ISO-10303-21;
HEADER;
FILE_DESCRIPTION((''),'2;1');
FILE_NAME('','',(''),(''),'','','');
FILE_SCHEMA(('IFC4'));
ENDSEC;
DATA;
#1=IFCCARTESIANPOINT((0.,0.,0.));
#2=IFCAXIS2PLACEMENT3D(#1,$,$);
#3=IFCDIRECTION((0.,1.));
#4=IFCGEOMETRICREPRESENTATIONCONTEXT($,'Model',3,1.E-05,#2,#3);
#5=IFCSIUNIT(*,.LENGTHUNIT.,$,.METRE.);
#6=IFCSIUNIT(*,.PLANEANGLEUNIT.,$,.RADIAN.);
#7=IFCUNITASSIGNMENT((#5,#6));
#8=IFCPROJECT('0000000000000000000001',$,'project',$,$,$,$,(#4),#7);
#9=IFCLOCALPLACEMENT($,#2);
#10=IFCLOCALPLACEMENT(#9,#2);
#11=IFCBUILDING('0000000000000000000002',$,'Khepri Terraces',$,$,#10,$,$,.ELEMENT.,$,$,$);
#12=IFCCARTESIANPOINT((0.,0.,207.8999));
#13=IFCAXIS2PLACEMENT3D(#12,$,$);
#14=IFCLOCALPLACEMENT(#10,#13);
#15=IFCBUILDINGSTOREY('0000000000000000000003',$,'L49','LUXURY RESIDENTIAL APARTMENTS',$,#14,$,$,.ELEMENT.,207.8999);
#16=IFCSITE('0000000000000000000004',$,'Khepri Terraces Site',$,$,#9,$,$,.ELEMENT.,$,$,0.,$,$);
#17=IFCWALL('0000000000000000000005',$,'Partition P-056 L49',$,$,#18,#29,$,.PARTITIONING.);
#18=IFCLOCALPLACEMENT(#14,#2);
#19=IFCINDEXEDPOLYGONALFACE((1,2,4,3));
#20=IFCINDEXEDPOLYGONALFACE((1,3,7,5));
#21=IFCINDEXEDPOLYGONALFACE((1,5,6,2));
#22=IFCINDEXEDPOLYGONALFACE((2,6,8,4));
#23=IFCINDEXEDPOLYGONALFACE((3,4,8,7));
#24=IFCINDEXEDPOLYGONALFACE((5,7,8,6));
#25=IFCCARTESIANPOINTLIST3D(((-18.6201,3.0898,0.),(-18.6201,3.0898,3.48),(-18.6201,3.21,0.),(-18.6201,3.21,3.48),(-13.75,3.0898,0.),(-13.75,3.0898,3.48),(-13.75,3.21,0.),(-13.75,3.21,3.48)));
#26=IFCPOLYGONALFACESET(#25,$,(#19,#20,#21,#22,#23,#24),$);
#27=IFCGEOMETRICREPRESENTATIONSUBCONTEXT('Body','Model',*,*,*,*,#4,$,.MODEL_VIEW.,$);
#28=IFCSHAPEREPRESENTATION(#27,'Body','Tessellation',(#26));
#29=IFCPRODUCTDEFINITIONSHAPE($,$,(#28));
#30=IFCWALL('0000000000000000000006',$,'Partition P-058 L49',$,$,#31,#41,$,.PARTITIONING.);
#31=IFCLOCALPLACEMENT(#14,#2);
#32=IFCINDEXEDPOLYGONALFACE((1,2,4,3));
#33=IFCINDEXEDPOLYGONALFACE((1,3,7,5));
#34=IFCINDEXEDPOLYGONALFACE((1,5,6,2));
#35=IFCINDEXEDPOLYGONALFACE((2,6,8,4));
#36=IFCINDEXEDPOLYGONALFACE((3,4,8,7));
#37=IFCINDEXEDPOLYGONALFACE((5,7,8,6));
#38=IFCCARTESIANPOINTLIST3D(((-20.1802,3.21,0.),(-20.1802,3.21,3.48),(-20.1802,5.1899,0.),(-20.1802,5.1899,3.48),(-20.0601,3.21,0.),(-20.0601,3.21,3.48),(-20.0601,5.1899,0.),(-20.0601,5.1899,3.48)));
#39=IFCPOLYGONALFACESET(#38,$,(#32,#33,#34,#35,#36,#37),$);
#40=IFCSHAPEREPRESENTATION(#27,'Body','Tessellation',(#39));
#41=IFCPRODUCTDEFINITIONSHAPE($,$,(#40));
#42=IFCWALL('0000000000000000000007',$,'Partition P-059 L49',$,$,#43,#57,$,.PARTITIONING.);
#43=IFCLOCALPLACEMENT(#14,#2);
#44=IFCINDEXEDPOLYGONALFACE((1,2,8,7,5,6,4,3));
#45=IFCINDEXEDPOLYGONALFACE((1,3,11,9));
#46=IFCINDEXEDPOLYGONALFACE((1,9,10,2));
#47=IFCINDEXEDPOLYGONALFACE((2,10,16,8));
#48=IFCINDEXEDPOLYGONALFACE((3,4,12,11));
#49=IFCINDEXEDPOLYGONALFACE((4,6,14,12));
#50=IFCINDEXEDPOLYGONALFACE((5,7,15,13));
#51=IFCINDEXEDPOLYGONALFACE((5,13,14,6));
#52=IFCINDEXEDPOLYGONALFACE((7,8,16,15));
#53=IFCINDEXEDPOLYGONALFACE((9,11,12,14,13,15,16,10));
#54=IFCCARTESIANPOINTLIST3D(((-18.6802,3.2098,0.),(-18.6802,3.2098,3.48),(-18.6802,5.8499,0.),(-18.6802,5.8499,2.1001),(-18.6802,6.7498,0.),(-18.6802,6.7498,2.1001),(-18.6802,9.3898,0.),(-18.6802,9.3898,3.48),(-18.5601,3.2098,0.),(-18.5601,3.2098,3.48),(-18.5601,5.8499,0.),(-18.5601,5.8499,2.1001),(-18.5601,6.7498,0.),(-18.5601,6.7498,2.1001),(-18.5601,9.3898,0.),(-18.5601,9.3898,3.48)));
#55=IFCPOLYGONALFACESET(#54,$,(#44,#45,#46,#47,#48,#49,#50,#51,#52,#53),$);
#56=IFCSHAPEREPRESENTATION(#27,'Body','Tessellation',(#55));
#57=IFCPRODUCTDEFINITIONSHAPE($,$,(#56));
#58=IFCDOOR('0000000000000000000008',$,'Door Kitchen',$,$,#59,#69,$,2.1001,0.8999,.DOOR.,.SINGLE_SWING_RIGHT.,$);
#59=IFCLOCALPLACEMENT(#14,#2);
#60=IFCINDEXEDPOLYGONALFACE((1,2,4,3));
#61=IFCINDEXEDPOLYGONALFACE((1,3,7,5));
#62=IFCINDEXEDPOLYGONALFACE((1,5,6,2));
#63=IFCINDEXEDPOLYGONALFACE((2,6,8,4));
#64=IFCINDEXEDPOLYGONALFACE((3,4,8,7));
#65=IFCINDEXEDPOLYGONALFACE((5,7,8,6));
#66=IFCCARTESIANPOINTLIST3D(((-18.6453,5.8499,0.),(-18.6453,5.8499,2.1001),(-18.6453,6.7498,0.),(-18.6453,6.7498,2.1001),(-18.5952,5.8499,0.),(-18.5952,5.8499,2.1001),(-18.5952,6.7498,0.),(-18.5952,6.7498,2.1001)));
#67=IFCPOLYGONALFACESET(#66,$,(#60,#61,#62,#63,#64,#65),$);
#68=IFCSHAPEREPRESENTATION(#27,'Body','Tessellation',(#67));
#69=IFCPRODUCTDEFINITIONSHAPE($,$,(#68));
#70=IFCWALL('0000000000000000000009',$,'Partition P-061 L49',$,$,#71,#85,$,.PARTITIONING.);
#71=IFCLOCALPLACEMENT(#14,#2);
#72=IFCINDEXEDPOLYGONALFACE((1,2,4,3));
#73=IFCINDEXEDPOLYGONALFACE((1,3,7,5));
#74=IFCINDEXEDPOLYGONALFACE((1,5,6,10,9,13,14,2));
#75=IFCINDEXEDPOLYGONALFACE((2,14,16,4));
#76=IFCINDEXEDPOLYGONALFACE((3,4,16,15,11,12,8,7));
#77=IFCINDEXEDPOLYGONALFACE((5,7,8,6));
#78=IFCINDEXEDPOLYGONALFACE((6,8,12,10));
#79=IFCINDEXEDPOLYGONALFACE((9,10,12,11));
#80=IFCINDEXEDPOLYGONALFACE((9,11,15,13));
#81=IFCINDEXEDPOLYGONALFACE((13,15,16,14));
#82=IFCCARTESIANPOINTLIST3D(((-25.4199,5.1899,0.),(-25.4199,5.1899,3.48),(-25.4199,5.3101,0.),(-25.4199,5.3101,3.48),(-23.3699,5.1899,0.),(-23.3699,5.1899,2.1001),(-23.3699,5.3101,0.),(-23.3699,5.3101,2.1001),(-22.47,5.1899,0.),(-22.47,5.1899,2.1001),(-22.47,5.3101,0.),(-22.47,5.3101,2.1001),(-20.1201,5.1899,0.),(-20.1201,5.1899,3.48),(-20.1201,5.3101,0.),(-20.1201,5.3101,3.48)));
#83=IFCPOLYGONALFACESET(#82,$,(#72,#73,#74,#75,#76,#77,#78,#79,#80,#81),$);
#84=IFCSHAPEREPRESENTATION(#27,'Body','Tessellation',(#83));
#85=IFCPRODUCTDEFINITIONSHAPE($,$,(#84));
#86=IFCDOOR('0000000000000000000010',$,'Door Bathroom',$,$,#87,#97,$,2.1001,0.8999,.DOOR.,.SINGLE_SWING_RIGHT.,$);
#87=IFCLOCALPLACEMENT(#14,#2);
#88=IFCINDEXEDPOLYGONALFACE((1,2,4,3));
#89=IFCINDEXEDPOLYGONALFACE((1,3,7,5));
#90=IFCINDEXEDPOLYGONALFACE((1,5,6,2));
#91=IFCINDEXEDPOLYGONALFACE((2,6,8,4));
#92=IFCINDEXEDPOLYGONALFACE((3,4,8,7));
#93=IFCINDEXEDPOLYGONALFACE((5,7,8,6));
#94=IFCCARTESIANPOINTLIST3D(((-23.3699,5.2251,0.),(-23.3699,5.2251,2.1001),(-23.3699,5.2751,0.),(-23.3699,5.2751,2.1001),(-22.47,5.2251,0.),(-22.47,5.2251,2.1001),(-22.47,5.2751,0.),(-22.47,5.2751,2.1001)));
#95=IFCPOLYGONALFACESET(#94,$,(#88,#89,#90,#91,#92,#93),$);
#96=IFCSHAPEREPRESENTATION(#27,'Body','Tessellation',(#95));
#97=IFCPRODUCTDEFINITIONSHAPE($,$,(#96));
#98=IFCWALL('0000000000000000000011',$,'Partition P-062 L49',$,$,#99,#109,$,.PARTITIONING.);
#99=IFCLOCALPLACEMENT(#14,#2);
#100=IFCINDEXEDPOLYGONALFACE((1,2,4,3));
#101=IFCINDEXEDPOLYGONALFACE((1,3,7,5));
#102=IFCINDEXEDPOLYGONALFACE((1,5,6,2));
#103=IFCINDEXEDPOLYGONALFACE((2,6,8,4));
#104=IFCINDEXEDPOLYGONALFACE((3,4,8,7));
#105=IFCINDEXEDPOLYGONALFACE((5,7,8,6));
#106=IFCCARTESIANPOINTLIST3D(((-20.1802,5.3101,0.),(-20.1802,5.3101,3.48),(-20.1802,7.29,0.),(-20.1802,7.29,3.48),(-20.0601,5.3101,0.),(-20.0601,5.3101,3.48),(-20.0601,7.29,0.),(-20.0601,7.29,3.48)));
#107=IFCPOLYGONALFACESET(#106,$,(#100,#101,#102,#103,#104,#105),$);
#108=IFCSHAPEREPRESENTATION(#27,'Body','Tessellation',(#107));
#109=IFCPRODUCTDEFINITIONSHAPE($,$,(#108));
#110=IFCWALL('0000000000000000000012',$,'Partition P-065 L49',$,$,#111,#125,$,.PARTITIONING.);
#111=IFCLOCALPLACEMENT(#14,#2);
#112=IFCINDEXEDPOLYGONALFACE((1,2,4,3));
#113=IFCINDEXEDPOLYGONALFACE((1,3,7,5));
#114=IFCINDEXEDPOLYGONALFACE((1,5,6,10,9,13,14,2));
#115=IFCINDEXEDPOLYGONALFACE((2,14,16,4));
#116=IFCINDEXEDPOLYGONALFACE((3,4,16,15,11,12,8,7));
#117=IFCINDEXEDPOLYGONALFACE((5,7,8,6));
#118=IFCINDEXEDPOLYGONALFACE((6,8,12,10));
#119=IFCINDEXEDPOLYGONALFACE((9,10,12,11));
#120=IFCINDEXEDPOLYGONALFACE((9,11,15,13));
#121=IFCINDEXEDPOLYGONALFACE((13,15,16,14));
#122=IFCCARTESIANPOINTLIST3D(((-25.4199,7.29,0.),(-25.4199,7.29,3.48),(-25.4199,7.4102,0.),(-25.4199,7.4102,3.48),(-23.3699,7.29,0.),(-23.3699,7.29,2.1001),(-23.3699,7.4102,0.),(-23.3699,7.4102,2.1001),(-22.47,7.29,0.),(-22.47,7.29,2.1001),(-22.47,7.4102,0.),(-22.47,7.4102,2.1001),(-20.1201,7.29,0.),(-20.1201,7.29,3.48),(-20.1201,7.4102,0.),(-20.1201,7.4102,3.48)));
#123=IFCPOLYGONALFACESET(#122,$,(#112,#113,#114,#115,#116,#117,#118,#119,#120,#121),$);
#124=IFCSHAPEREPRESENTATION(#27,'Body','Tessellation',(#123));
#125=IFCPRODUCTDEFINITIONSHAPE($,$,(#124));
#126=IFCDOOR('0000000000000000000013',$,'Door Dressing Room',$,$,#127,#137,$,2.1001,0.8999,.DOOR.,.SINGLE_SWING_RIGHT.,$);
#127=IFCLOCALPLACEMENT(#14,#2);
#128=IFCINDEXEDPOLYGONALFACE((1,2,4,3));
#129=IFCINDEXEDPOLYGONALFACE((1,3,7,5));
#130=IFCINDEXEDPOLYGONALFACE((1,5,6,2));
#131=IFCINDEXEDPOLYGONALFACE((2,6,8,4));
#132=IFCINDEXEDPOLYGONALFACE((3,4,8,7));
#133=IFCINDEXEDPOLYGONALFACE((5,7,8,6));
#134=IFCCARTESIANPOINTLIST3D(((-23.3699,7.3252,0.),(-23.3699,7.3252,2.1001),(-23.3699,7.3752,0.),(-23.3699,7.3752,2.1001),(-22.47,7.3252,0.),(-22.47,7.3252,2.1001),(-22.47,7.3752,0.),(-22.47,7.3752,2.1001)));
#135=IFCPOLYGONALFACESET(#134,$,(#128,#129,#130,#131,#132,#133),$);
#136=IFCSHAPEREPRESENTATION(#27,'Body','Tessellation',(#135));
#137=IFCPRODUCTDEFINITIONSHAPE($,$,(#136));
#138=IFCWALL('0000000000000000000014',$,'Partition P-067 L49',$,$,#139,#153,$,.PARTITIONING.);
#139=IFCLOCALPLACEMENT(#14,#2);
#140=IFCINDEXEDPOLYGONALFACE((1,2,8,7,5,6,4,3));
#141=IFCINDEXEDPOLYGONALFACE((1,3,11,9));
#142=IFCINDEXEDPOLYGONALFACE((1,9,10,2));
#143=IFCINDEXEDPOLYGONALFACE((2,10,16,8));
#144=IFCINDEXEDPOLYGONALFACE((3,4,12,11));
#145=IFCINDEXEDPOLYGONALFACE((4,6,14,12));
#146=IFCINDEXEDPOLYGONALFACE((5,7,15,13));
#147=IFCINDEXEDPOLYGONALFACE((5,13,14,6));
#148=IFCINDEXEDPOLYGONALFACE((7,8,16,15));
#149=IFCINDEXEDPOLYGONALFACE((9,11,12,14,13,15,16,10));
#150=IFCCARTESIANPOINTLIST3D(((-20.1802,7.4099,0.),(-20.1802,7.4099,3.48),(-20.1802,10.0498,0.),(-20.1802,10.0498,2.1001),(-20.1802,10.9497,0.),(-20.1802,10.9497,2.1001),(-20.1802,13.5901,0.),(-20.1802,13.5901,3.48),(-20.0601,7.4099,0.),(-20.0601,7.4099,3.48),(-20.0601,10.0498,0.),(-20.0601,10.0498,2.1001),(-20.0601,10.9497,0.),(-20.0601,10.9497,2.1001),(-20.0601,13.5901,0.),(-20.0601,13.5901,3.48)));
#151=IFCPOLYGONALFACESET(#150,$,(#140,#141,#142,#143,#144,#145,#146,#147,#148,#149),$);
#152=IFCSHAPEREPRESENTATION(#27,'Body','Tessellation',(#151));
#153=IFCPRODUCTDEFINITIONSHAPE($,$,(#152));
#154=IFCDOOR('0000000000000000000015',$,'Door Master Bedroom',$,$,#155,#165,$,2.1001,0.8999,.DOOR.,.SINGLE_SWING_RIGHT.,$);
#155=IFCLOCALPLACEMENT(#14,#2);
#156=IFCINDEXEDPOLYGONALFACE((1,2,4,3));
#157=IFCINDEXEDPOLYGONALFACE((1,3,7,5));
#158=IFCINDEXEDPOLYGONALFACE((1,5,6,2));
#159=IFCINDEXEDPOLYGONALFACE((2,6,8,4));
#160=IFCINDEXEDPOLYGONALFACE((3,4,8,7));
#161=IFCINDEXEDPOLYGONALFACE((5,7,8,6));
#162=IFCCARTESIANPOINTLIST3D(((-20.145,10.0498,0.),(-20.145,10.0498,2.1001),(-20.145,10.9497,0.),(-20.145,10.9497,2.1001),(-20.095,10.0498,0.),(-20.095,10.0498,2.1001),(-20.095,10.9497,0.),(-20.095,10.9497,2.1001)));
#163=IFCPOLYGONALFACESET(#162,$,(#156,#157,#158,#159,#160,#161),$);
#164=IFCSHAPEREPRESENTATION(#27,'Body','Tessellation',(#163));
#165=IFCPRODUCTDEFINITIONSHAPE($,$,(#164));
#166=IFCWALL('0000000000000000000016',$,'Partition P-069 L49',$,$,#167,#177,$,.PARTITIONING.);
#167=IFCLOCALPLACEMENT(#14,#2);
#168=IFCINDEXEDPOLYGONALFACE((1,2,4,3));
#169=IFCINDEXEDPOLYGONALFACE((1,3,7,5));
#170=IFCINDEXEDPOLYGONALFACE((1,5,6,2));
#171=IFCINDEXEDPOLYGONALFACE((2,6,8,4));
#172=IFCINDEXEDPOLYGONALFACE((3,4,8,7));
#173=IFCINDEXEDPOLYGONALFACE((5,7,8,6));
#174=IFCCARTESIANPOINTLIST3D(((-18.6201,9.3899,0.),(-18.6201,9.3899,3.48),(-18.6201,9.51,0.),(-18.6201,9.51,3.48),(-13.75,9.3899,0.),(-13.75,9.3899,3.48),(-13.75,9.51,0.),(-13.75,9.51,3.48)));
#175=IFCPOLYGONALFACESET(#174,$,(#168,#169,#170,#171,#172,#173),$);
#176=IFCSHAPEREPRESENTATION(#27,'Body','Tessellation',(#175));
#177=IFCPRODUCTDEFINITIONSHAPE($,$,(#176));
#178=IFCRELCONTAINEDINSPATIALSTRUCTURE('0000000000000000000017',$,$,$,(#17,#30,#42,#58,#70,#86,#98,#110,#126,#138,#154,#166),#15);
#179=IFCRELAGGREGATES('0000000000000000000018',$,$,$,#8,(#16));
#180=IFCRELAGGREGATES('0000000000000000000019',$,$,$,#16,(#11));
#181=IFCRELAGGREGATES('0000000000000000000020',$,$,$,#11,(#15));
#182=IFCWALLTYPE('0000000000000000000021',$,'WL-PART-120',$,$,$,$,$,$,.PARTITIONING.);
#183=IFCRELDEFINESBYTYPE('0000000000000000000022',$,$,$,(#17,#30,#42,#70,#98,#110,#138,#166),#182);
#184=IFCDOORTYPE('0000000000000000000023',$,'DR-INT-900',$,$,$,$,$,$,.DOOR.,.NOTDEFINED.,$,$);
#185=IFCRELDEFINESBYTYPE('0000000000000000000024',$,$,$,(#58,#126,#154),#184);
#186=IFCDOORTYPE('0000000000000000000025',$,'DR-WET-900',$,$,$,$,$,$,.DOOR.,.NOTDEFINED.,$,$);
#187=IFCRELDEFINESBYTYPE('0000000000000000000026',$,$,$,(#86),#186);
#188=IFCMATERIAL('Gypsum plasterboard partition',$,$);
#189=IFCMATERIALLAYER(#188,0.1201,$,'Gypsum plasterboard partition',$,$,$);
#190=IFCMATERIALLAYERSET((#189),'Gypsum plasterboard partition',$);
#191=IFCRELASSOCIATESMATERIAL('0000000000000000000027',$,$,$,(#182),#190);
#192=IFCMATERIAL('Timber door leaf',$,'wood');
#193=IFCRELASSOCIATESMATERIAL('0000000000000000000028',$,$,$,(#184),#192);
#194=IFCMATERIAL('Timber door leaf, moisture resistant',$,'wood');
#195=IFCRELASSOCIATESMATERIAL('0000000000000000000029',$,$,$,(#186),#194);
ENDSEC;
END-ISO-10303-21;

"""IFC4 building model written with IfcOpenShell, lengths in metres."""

from ifc_helpers import new_model, si_unit, direction, frame, frame_2d, origin, place, context, subcontext, project, spatial, rectangle, extrude, material, layer, layer_set, type_object, element, fill, save


model = new_model("IFC4")

# Units and contexts
model_context = context("Model", 3, precision=1e-05, world=origin(), true_north=direction((0.0, 1.0)))
body_context = subcontext(model_context, "Body", "Model", "MODEL_VIEW")
ifc_project = project(units=[si_unit("LENGTHUNIT", "METRE"), si_unit("PLANEANGLEUNIT", "RADIAN")], contexts=[model_context])

# Site, building, storey
site_placement = place(None, origin())
site = spatial("IfcSite", under=ifc_project, at=site_placement, Name="Khepri Terraces Site", CompositionType="ELEMENT", RefElevation=0.0)
building_placement = place(site_placement, origin())
building = spatial("IfcBuilding", under=site, at=building_placement, Name="Khepri Terraces", CompositionType="ELEMENT")
storey_placement = place(building_placement, frame((0.0, 0.0, 207.8999)))
storey = spatial("IfcBuildingStorey", under=building, at=storey_placement, Name="L49", Description="LUXURY RESIDENTIAL APARTMENTS", CompositionType="ELEMENT", Elevation=207.8999)

# Walls
ifc_material_1 = material(Name="Gypsum plasterboard partition")
ifc_layer_1 = layer(ifc_material_1, 0.1201, Name="Gypsum plasterboard partition")
ifc_layer_set_1 = layer_set([ifc_layer_1], Name="Gypsum plasterboard partition")
wall_type_1 = type_object("IfcWallType", Name="WL-PART-120", PredefinedType="PARTITIONING", material=ifc_layer_set_1)
wall_1_placement = place(storey_placement, frame((-18.6201, 3.1499, 0.0), z_axis=(0.0, 0.0, 1.0), x_axis=(1.0, 0.0, 0.0)))
element("IfcWall", 1, at=wall_1_placement, inside=storey, type_object=wall_type_1, Name="Partition P-056 L49", PredefinedType="PARTITIONING", context=body_context, shape_type="SweptSolid", body=[
    extrude(rectangle(XDim=4.8701, YDim=0.1201, at=frame_2d((2.4351, 0.0))), origin(), (0.0, 0.0, 1.0), 3.48),
])
wall_2_placement = place(storey_placement, frame((-20.1201, 3.21, 0.0), z_axis=(0.0, 0.0, 1.0), x_axis=(0.0, 1.0, 0.0)))
element("IfcWall", 2, at=wall_2_placement, inside=storey, type_object=wall_type_1, Name="Partition P-058 L49", PredefinedType="PARTITIONING", context=body_context, shape_type="SweptSolid", body=[
    extrude(rectangle(XDim=1.98, YDim=0.1201, at=frame_2d((0.99, 0.0))), origin(), (0.0, 0.0, 1.0), 3.48),
])

# Walls, openings, doors
wall_3_placement = place(storey_placement, frame((-18.6201, 3.21, 0.0), z_axis=(0.0, 0.0, 1.0), x_axis=(0.0, 1.0, 0.0)))
wall_3 = element("IfcWall", 3, at=wall_3_placement, inside=storey, type_object=wall_type_1, Name="Partition P-059 L49", PredefinedType="PARTITIONING", context=body_context, shape_type="SweptSolid", body=[
    extrude(rectangle(XDim=6.1799, YDim=0.1201, at=frame_2d((3.0898, 0.0))), origin(), (0.0, 0.0, 1.0), 3.48),
])
opening_1_placement = place(wall_3_placement, frame((2.6399, 0.0, 0.0)))
opening_1 = element("IfcOpeningElement", 4, at=opening_1_placement, cuts=wall_3, PredefinedType="OPENING", context=body_context, shape_type="SweptSolid", body=[
    extrude(rectangle(XDim=0.8999, YDim=2.1001, at=frame_2d((0.45, 1.05))), frame((0.0, 0.0701, 0.0), z_axis=(0.0, -1.0, 0.0), x_axis=(1.0, 0.0, 0.0)), (0.0, 0.0, 1.0), 0.1401),
])
ifc_material_2 = material(Name="Timber door leaf", Category="wood")
door_type_1 = type_object("IfcDoorType", Name="DR-INT-900", OperationType="NOTDEFINED", PredefinedType="DOOR", material=ifc_material_2)
door_1_placement = place(opening_1_placement, frame((0.8999, 0.0, 0.0), z_axis=(0.0, 0.0, 1.0), x_axis=(-1.0, 0.0, 0.0)))
door_1 = element("IfcDoor", 5, at=door_1_placement, inside=storey, type_object=door_type_1, Name="Door Kitchen", OperationType="SINGLE_SWING_RIGHT", OverallHeight=2.1001, OverallWidth=0.8999, PredefinedType="DOOR", context=body_context, shape_type="SweptSolid", body=[
    extrude(rectangle(XDim=0.8999, YDim=2.1001, at=frame_2d((0.45, 1.05))), frame((0.0, 0.0249, 0.0), z_axis=(0.0, -1.0, 0.0), x_axis=(1.0, 0.0, 0.0)), (0.0, 0.0, 1.0), 0.05),
])
fill(opening_1, door_1)
wall_4_placement = place(storey_placement, frame((-25.4199, 5.25, 0.0), z_axis=(0.0, 0.0, 1.0), x_axis=(1.0, 0.0, 0.0)))
wall_4 = element("IfcWall", 6, at=wall_4_placement, inside=storey, type_object=wall_type_1, Name="Partition P-061 L49", PredefinedType="PARTITIONING", context=body_context, shape_type="SweptSolid", body=[
    extrude(rectangle(XDim=5.2998, YDim=0.1201, at=frame_2d((2.6499, 0.0))), origin(), (0.0, 0.0, 1.0), 3.48),
])
opening_2_placement = place(wall_4_placement, frame((2.05, 0.0, 0.0)))
opening_2 = element("IfcOpeningElement", 7, at=opening_2_placement, cuts=wall_4, PredefinedType="OPENING", context=body_context, shape_type="SweptSolid", body=[
    extrude(rectangle(XDim=0.8999, YDim=2.1001, at=frame_2d((0.45, 1.05))), frame((0.0, 0.0701, 0.0), z_axis=(0.0, -1.0, 0.0), x_axis=(1.0, 0.0, 0.0)), (0.0, 0.0, 1.0), 0.1401),
])
ifc_material_3 = material(Name="Timber door leaf, moisture resistant", Category="wood")
door_type_2 = type_object("IfcDoorType", Name="DR-WET-900", OperationType="NOTDEFINED", PredefinedType="DOOR", material=ifc_material_3)
door_2_placement = place(opening_2_placement, frame((0.8999, 0.0, 0.0), z_axis=(0.0, 0.0, 1.0), x_axis=(-1.0, 0.0, 0.0)))
door_2 = element("IfcDoor", 8, at=door_2_placement, inside=storey, type_object=door_type_2, Name="Door Bathroom", OperationType="SINGLE_SWING_RIGHT", OverallHeight=2.1001, OverallWidth=0.8999, PredefinedType="DOOR", context=body_context, shape_type="SweptSolid", body=[
    extrude(rectangle(XDim=0.8999, YDim=2.1001, at=frame_2d((0.45, 1.05))), frame((0.0, 0.0249, 0.0), z_axis=(0.0, -1.0, 0.0), x_axis=(1.0, 0.0, 0.0)), (0.0, 0.0, 1.0), 0.05),
])
fill(opening_2, door_2)

# Wall
wall_5_placement = place(storey_placement, frame((-20.1201, 5.3101, 0.0), z_axis=(0.0, 0.0, 1.0), x_axis=(0.0, 1.0, 0.0)))
element("IfcWall", 9, at=wall_5_placement, inside=storey, type_object=wall_type_1, Name="Partition P-062 L49", PredefinedType="PARTITIONING", context=body_context, shape_type="SweptSolid", body=[
    extrude(rectangle(XDim=1.98, YDim=0.1201, at=frame_2d((0.99, 0.0))), origin(), (0.0, 0.0, 1.0), 3.48),
])

# Walls, openings, doors
wall_6_placement = place(storey_placement, frame((-25.4199, 7.3501, 0.0), z_axis=(0.0, 0.0, 1.0), x_axis=(1.0, 0.0, 0.0)))
wall_6 = element("IfcWall", 10, at=wall_6_placement, inside=storey, type_object=wall_type_1, Name="Partition P-065 L49", PredefinedType="PARTITIONING", context=body_context, shape_type="SweptSolid", body=[
    extrude(rectangle(XDim=5.2998, YDim=0.1201, at=frame_2d((2.6499, 0.0))), origin(), (0.0, 0.0, 1.0), 3.48),
])
opening_3_placement = place(wall_6_placement, frame((2.05, 0.0, 0.0)))
opening_3 = element("IfcOpeningElement", 11, at=opening_3_placement, cuts=wall_6, PredefinedType="OPENING", context=body_context, shape_type="SweptSolid", body=[
    extrude(rectangle(XDim=0.8999, YDim=2.1001, at=frame_2d((0.45, 1.05))), frame((0.0, 0.0701, 0.0), z_axis=(0.0, -1.0, 0.0), x_axis=(1.0, 0.0, 0.0)), (0.0, 0.0, 1.0), 0.1401),
])
door_3_placement = place(opening_3_placement, frame((0.8999, 0.0, 0.0), z_axis=(0.0, 0.0, 1.0), x_axis=(-1.0, 0.0, 0.0)))
door_3 = element("IfcDoor", 12, at=door_3_placement, inside=storey, type_object=door_type_1, Name="Door Dressing Room", OperationType="SINGLE_SWING_RIGHT", OverallHeight=2.1001, OverallWidth=0.8999, PredefinedType="DOOR", context=body_context, shape_type="SweptSolid", body=[
    extrude(rectangle(XDim=0.8999, YDim=2.1001, at=frame_2d((0.45, 1.05))), frame((0.0, 0.0249, 0.0), z_axis=(0.0, -1.0, 0.0), x_axis=(1.0, 0.0, 0.0)), (0.0, 0.0, 1.0), 0.05),
])
fill(opening_3, door_3)
wall_7_placement = place(storey_placement, frame((-20.1201, 7.4099, 0.0), z_axis=(0.0, 0.0, 1.0), x_axis=(0.0, 1.0, 0.0)))
wall_7 = element("IfcWall", 13, at=wall_7_placement, inside=storey, type_object=wall_type_1, Name="Partition P-067 L49", PredefinedType="PARTITIONING", context=body_context, shape_type="SweptSolid", body=[
    extrude(rectangle(XDim=6.1802, YDim=0.1201, at=frame_2d((3.0901, 0.0))), origin(), (0.0, 0.0, 1.0), 3.48),
])
opening_4_placement = place(wall_7_placement, frame((2.6399, 0.0, 0.0)))
opening_4 = element("IfcOpeningElement", 14, at=opening_4_placement, cuts=wall_7, PredefinedType="OPENING", context=body_context, shape_type="SweptSolid", body=[
    extrude(rectangle(XDim=0.8999, YDim=2.1001, at=frame_2d((0.45, 1.05))), frame((0.0, 0.0701, 0.0), z_axis=(0.0, -1.0, 0.0), x_axis=(1.0, 0.0, 0.0)), (0.0, 0.0, 1.0), 0.1401),
])
door_4_placement = place(opening_4_placement, origin())
door_4 = element("IfcDoor", 15, at=door_4_placement, inside=storey, type_object=door_type_1, Name="Door Master Bedroom", OperationType="SINGLE_SWING_RIGHT", OverallHeight=2.1001, OverallWidth=0.8999, PredefinedType="DOOR", context=body_context, shape_type="SweptSolid", body=[
    extrude(rectangle(XDim=0.8999, YDim=2.1001, at=frame_2d((0.45, 1.05))), frame((0.0, 0.0249, 0.0), z_axis=(0.0, -1.0, 0.0), x_axis=(1.0, 0.0, 0.0)), (0.0, 0.0, 1.0), 0.05),
])
fill(opening_4, door_4)

# Wall
wall_8_placement = place(storey_placement, frame((-18.6201, 9.45, 0.0), z_axis=(0.0, 0.0, 1.0), x_axis=(1.0, 0.0, 0.0)))
element("IfcWall", 16, at=wall_8_placement, inside=storey, type_object=wall_type_1, Name="Partition P-069 L49", PredefinedType="PARTITIONING", context=body_context, shape_type="SweptSolid", body=[
    extrude(rectangle(XDim=4.8701, YDim=0.1201, at=frame_2d((2.4351, 0.0))), origin(), (0.0, 0.0, 1.0), 3.48),
])

save(model, "model.ifc")
